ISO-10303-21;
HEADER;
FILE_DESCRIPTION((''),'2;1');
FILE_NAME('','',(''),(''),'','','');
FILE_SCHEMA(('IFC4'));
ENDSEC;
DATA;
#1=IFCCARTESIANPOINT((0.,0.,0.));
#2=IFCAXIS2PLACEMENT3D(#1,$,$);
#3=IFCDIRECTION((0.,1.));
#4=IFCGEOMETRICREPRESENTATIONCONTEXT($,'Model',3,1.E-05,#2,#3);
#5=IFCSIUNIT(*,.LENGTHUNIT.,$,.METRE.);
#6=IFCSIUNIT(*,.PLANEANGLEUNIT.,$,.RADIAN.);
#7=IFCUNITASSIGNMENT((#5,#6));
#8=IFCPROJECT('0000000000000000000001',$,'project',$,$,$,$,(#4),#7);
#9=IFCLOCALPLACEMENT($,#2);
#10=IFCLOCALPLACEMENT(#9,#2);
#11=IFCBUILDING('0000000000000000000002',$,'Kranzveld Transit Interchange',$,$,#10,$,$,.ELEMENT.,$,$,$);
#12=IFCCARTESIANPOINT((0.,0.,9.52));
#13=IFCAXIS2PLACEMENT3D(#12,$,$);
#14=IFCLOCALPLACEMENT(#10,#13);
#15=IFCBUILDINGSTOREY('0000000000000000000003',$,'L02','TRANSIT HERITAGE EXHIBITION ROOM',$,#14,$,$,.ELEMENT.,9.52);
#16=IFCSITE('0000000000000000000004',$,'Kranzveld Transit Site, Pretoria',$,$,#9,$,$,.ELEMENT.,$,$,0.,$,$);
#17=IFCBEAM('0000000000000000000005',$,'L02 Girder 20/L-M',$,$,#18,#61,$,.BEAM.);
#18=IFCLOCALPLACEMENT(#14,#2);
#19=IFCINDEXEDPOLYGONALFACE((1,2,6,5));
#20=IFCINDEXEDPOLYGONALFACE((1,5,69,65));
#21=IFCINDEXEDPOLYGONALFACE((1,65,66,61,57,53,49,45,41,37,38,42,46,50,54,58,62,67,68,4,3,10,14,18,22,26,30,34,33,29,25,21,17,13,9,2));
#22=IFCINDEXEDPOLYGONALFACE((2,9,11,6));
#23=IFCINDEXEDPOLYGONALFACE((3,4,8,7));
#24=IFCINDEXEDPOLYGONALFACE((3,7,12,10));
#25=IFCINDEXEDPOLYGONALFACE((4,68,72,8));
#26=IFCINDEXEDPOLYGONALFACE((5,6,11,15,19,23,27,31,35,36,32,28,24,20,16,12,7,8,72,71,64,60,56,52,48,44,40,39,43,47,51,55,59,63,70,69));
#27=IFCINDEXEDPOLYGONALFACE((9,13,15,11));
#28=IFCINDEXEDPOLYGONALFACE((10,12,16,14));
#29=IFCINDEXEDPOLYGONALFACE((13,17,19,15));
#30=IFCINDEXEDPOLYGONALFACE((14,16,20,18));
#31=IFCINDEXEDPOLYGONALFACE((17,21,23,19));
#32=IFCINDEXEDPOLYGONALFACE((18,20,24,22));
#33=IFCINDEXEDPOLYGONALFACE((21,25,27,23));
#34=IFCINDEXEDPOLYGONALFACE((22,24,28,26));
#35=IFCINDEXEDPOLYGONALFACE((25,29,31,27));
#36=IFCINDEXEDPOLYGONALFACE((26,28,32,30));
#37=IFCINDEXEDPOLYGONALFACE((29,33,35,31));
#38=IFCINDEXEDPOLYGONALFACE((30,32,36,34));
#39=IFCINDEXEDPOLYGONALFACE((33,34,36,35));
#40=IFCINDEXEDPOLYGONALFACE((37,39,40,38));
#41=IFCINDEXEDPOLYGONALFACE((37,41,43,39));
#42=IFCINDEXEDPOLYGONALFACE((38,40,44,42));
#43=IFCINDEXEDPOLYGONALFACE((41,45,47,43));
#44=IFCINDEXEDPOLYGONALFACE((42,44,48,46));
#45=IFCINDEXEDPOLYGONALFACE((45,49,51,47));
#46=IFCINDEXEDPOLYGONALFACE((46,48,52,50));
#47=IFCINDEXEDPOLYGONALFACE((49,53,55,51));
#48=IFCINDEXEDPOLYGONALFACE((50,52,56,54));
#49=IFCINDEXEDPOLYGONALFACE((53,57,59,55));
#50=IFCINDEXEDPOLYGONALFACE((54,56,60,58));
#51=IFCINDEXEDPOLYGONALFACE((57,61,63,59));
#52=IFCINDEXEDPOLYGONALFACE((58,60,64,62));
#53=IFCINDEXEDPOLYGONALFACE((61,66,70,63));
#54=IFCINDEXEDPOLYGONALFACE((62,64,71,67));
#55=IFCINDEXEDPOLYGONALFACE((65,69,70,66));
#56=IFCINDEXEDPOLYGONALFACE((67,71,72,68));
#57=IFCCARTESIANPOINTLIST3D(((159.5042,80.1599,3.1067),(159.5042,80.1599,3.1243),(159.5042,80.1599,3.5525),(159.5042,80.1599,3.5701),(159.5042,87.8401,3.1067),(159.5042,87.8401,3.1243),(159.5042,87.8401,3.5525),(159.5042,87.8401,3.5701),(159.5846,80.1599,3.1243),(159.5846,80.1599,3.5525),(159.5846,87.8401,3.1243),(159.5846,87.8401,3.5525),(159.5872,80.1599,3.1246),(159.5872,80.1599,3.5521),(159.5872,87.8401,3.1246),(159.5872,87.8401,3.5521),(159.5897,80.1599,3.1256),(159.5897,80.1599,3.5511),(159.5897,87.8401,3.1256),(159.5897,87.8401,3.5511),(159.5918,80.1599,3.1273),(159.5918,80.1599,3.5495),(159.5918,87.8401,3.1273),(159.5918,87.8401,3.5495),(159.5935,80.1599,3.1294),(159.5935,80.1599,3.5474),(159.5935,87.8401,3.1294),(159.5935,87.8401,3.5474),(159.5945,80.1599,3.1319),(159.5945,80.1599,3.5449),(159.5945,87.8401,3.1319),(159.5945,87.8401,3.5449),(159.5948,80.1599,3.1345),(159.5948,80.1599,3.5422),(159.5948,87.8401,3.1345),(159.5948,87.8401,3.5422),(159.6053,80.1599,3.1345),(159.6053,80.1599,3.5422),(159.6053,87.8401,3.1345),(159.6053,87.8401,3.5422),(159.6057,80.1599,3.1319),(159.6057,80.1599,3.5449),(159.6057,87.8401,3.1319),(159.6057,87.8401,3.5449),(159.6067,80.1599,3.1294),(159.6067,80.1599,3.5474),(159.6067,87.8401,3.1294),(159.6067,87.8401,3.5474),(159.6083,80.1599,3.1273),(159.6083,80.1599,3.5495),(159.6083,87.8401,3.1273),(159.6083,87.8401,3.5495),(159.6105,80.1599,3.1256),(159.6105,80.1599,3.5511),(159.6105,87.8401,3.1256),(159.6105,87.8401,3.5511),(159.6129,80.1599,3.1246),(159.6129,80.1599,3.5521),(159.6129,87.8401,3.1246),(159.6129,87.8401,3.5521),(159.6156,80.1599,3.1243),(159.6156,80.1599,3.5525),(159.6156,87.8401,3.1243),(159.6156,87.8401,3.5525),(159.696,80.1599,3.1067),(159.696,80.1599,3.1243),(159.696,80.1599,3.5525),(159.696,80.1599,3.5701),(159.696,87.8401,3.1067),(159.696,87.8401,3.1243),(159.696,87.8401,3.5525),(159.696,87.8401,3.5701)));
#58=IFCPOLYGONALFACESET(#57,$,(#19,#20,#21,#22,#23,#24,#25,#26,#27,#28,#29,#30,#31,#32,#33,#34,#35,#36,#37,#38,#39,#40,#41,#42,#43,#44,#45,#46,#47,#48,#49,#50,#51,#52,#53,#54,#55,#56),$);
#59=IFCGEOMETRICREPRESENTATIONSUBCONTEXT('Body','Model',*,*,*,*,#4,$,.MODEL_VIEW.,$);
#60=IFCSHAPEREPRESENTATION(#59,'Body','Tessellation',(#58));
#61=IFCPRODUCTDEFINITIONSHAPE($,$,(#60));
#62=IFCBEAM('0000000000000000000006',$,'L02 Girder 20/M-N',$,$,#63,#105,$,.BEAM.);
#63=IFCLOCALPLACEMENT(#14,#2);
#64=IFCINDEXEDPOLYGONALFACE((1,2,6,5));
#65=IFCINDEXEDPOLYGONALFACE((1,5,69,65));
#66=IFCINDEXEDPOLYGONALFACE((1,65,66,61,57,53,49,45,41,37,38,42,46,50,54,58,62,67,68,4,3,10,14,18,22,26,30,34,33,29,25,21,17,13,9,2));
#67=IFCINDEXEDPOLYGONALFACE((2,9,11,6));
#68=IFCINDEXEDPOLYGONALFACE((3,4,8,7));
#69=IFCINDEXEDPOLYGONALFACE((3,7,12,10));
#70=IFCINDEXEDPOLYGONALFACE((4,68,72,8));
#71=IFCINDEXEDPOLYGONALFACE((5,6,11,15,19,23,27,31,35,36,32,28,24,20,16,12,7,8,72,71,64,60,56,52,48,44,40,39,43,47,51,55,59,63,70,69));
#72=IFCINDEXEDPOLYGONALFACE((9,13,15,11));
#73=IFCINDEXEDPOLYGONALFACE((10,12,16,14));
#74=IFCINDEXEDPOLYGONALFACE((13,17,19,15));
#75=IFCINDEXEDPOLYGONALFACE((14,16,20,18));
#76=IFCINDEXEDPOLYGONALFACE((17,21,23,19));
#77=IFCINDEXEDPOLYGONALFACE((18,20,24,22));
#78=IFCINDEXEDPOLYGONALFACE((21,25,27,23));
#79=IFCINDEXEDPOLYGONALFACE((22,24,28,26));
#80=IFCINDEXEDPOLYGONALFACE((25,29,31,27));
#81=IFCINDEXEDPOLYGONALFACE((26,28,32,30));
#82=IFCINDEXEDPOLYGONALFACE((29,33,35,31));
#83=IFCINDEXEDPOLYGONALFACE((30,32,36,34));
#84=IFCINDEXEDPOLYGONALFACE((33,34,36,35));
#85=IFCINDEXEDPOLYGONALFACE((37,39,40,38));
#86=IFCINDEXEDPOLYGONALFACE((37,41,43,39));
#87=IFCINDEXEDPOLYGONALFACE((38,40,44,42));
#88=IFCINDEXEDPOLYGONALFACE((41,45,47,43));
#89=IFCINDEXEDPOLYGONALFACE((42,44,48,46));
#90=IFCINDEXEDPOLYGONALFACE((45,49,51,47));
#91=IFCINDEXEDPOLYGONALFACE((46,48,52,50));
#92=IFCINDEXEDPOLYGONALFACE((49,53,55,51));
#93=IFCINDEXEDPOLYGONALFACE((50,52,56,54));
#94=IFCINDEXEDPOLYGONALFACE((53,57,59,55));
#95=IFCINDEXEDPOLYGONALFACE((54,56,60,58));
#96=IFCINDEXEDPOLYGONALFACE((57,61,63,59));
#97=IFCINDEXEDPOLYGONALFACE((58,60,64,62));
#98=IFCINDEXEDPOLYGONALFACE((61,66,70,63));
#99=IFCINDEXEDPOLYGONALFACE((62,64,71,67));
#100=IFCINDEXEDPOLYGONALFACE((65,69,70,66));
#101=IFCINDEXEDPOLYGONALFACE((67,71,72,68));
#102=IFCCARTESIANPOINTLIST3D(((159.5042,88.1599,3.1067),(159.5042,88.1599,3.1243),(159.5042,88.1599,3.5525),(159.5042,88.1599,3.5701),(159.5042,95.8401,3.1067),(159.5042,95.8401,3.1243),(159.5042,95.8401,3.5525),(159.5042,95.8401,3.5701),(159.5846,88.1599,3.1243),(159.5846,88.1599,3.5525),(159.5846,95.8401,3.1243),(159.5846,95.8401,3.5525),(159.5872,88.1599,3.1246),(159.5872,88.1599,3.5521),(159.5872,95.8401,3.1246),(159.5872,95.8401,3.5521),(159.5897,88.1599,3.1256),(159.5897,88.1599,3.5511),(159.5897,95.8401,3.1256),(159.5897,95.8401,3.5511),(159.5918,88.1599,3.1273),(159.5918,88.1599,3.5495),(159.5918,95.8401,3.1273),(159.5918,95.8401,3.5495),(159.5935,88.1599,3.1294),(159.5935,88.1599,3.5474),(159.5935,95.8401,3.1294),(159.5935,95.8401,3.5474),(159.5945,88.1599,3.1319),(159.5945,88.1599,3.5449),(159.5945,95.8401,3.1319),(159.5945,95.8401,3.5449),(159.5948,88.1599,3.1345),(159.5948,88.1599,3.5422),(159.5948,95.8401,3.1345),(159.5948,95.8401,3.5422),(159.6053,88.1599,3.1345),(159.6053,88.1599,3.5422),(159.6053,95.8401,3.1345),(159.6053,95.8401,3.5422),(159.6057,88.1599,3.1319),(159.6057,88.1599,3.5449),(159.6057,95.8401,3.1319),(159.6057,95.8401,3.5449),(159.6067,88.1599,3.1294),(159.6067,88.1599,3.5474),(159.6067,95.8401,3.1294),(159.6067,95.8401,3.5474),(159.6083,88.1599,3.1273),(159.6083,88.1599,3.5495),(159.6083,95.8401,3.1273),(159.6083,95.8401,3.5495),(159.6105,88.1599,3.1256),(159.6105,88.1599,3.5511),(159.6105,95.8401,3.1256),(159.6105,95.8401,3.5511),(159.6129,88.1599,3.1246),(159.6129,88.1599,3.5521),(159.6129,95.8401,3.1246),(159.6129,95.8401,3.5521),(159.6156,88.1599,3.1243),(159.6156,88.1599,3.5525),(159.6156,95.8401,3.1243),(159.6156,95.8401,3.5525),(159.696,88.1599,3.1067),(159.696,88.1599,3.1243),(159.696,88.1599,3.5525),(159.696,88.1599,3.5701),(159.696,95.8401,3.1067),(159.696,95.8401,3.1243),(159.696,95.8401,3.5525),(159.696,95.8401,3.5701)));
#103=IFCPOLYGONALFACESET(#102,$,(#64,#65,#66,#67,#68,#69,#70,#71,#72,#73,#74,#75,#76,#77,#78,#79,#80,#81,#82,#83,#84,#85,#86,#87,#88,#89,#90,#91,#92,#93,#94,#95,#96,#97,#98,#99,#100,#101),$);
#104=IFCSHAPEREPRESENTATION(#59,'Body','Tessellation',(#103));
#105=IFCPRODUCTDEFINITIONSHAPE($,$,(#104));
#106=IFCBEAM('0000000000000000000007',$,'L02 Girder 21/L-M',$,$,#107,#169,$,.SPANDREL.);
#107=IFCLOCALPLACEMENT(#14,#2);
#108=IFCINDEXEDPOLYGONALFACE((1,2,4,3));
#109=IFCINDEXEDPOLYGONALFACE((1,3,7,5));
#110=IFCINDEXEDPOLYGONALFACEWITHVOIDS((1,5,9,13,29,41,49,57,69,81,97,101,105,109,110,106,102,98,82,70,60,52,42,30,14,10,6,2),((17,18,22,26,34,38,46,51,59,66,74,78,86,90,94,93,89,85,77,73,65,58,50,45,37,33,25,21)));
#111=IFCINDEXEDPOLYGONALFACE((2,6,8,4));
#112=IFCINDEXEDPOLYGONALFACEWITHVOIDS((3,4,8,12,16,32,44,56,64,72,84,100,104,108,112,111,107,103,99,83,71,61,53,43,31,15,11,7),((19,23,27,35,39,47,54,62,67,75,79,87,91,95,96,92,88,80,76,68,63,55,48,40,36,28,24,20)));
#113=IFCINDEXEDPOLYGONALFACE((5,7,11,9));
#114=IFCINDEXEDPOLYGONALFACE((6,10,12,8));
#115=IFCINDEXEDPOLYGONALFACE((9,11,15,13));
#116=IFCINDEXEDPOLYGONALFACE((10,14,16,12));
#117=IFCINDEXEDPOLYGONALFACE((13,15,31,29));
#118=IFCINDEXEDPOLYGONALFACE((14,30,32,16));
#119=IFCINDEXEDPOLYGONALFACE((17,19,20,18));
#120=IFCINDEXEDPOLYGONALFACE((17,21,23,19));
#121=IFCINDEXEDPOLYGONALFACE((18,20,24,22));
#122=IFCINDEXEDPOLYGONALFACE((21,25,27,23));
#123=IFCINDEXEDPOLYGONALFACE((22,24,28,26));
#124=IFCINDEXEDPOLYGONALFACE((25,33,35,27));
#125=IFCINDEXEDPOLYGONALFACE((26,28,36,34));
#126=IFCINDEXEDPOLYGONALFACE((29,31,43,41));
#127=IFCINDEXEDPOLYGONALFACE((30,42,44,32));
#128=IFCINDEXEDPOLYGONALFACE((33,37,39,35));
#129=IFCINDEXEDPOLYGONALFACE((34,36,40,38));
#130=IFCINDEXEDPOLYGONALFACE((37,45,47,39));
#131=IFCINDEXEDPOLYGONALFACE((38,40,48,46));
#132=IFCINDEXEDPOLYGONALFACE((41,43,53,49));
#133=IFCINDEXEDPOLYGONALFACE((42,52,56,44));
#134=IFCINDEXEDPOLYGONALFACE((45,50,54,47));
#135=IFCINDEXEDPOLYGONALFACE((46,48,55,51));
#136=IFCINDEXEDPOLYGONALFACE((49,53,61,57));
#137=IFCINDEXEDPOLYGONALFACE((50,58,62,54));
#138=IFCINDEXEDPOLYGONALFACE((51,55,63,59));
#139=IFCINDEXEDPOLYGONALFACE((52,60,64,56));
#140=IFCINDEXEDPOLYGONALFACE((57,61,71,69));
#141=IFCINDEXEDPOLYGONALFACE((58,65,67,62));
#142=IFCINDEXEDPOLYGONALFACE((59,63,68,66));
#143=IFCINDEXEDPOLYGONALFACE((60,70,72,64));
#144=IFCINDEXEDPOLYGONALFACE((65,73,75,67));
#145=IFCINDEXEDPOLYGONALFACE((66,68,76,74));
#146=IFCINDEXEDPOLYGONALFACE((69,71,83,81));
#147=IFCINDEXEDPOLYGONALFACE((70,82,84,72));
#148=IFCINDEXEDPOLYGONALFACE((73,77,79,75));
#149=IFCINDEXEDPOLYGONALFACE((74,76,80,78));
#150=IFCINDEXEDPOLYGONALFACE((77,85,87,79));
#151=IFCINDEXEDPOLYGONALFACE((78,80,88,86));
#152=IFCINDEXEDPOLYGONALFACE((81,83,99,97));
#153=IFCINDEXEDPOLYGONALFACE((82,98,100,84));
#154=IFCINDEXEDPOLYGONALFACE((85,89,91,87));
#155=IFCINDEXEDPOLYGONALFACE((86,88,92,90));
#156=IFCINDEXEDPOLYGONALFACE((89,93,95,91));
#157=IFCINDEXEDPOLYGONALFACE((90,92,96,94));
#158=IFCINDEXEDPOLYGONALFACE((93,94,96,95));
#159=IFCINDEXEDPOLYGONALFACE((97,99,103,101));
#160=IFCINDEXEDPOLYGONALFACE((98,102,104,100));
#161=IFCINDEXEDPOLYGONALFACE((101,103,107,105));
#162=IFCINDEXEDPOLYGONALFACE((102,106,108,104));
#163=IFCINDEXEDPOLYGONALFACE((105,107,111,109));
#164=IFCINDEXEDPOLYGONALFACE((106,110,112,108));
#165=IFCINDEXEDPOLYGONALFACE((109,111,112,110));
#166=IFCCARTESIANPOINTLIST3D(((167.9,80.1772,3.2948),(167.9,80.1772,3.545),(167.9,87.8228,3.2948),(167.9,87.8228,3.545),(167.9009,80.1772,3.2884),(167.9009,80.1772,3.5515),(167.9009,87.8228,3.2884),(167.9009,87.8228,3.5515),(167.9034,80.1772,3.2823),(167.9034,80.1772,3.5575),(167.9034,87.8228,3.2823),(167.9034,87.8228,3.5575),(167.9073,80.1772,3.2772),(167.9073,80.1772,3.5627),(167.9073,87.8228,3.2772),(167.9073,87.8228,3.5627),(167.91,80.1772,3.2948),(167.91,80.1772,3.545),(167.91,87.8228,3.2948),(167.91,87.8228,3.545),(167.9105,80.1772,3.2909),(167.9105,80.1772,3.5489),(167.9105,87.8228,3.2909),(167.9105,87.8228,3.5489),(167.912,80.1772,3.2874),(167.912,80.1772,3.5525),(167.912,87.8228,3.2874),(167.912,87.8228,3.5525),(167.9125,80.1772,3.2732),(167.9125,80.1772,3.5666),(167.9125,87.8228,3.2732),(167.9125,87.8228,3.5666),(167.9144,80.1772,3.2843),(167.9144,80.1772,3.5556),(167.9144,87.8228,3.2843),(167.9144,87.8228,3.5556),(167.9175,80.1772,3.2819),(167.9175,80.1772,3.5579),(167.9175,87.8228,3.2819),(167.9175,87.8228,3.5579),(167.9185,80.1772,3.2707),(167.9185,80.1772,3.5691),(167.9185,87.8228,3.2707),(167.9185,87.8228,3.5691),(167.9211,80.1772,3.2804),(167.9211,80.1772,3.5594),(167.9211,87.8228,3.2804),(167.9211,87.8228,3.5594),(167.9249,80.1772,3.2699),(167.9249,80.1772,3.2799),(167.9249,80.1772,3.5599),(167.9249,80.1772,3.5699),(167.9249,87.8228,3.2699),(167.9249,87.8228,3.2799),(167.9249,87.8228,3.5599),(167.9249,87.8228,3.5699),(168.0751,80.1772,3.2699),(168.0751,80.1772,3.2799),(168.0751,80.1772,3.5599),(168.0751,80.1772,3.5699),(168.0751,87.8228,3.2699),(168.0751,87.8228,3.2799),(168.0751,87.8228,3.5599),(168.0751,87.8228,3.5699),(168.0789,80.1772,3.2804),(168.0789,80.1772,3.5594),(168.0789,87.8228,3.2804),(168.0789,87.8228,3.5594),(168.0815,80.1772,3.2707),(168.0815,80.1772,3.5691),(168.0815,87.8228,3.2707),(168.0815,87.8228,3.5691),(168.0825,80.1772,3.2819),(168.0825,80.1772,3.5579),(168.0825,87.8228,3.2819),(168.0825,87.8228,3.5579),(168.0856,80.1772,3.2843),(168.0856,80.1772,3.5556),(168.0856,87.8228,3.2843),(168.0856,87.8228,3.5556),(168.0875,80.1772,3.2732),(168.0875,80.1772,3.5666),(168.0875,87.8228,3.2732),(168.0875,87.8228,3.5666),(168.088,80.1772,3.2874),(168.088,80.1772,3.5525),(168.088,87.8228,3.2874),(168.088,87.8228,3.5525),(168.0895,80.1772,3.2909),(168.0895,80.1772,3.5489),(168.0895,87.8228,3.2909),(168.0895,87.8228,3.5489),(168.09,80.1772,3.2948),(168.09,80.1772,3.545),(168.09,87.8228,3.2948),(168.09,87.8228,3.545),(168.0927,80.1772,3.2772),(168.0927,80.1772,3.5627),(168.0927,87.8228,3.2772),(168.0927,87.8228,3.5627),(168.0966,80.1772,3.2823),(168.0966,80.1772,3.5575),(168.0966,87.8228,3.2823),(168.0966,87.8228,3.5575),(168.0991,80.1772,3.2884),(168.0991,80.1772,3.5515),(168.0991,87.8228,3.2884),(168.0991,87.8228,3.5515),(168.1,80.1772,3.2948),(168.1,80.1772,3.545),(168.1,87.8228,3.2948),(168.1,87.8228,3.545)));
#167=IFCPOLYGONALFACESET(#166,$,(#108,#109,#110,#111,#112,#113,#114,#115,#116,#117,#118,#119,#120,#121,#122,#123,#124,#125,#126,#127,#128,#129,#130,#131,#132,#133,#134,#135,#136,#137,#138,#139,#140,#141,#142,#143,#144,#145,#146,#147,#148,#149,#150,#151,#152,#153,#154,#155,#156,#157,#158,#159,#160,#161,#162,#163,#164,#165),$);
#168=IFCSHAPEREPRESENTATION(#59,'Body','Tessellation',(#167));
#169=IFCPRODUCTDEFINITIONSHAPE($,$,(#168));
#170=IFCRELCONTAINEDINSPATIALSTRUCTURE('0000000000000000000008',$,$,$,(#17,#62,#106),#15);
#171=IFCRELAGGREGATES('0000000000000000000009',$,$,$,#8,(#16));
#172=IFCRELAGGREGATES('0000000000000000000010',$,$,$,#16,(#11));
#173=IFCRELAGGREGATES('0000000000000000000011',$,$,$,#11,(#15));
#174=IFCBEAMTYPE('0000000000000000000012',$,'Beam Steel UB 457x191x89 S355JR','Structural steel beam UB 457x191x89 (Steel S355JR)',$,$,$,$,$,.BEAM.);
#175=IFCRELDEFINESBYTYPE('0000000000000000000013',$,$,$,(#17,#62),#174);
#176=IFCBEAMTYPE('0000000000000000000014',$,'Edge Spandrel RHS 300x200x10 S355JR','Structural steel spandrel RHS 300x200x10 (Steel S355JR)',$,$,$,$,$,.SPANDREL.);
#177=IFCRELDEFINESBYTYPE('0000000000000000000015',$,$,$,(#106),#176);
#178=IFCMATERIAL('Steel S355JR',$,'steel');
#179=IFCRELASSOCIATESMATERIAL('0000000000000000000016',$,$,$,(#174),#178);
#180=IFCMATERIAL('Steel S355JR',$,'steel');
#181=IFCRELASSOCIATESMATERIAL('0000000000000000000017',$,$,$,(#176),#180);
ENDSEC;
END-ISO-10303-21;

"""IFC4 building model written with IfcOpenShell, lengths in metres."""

from ifc_helpers import new_model, si_unit, direction, frame, origin, origin_2d, place, context, subcontext, project, spatial, hollow_rectangle, i_section, extrude, material, material_profile, profile_set, type_object, element, save


model = new_model("IFC4")

# Units and contexts
model_context = context("Model", 3, precision=1e-05, world=origin(), true_north=direction((0.0, 1.0)))
body_context = subcontext(model_context, "Body", "Model", "MODEL_VIEW")
ifc_project = project(units=[si_unit("LENGTHUNIT", "METRE"), si_unit("PLANEANGLEUNIT", "RADIAN")], contexts=[model_context])

# Site, building, storey
site_placement = place(None, origin())
site = spatial("IfcSite", under=ifc_project, at=site_placement, Name="Kranzveld Transit Site, Pretoria", CompositionType="ELEMENT", RefElevation=0.0)
building_placement = place(site_placement, origin())
building = spatial("IfcBuilding", under=site, at=building_placement, Name="Kranzveld Transit Interchange", CompositionType="ELEMENT")
storey_placement = place(building_placement, frame((0.0, 0.0, 9.52)))
storey = spatial("IfcBuildingStorey", under=building, at=storey_placement, Name="L02", Description="TRANSIT HERITAGE EXHIBITION ROOM", CompositionType="ELEMENT", Elevation=9.52)

# Beams
ifc_material_1 = material(Name="Steel S355JR", Category="steel")
ifc_material_profile_1 = material_profile(ifc_material_1, i_section(OverallWidth=0.1919, OverallDepth=0.4634, WebThickness=0.0105, FlangeThickness=0.0176, FilletRadius=0.0103, at=origin_2d()), Name="UB 457x191x89")
ifc_profile_set_1 = profile_set([ifc_material_profile_1], Name="Steel S355JR")
beam_type_1 = type_object("IfcBeamType", Name="Beam Steel UB 457x191x89 S355JR", Description="Structural steel beam UB 457x191x89 (Steel S355JR)", PredefinedType="BEAM", material=ifc_profile_set_1)
for number, where, z_axis, x_axis, name in (
    (1, (159.6001, 80.1599, 3.3384), (0.0, 1.0, 0.0), (-1.0, 0.0, 0.0), "L02 Girder 20/L-M"),
    (2, (159.6001, 88.1599, 3.3384), (0.0, 1.0, 0.0), (-1.0, 0.0, 0.0), "L02 Girder 20/M-N"),
):
    element("IfcBeam", number, at=place(storey_placement, frame(where, z_axis=z_axis, x_axis=x_axis)), inside=storey, type_object=beam_type_1, Name=name, PredefinedType="BEAM", context=body_context, shape_type="SweptSolid", body=[
        extrude(i_section(OverallWidth=0.1919, OverallDepth=0.4634, WebThickness=0.0105, FlangeThickness=0.0176, FilletRadius=0.0103, at=origin_2d()), origin(), (0.0, 0.0, 1.0), 7.6802),
    ])
ifc_material_2 = material(Name="Steel S355JR", Category="steel")
ifc_material_profile_2 = material_profile(ifc_material_2, hollow_rectangle(XDim=0.2, YDim=0.3, WallThickness=0.01, InnerFilletRadius=0.0149, OuterFilletRadius=0.0249, at=origin_2d()), Name="RHS 300x200x10")
ifc_profile_set_2 = profile_set([ifc_material_profile_2], Name="Steel S355JR")
beam_type_2 = type_object("IfcBeamType", Name="Edge Spandrel RHS 300x200x10 S355JR", Description="Structural steel spandrel RHS 300x200x10 (Steel S355JR)", PredefinedType="SPANDREL", material=ifc_profile_set_2)
for number, where, z_axis, x_axis, name in (
    (3, (168.0, 80.1772, 3.4199), (0.0, 1.0, 0.0), (-1.0, 0.0, 0.0), "L02 Girder 21/L-M"),
):
    element("IfcBeam", number, at=place(storey_placement, frame(where, z_axis=z_axis, x_axis=x_axis)), inside=storey, type_object=beam_type_2, Name=name, PredefinedType="SPANDREL", context=body_context, shape_type="SweptSolid", body=[
        extrude(hollow_rectangle(XDim=0.2, YDim=0.3, WallThickness=0.01, InnerFilletRadius=0.0149, OuterFilletRadius=0.0249, at=origin_2d()), origin(), (0.0, 0.0, 1.0), 7.6455),
    ])

save(model, "model.ifc")
